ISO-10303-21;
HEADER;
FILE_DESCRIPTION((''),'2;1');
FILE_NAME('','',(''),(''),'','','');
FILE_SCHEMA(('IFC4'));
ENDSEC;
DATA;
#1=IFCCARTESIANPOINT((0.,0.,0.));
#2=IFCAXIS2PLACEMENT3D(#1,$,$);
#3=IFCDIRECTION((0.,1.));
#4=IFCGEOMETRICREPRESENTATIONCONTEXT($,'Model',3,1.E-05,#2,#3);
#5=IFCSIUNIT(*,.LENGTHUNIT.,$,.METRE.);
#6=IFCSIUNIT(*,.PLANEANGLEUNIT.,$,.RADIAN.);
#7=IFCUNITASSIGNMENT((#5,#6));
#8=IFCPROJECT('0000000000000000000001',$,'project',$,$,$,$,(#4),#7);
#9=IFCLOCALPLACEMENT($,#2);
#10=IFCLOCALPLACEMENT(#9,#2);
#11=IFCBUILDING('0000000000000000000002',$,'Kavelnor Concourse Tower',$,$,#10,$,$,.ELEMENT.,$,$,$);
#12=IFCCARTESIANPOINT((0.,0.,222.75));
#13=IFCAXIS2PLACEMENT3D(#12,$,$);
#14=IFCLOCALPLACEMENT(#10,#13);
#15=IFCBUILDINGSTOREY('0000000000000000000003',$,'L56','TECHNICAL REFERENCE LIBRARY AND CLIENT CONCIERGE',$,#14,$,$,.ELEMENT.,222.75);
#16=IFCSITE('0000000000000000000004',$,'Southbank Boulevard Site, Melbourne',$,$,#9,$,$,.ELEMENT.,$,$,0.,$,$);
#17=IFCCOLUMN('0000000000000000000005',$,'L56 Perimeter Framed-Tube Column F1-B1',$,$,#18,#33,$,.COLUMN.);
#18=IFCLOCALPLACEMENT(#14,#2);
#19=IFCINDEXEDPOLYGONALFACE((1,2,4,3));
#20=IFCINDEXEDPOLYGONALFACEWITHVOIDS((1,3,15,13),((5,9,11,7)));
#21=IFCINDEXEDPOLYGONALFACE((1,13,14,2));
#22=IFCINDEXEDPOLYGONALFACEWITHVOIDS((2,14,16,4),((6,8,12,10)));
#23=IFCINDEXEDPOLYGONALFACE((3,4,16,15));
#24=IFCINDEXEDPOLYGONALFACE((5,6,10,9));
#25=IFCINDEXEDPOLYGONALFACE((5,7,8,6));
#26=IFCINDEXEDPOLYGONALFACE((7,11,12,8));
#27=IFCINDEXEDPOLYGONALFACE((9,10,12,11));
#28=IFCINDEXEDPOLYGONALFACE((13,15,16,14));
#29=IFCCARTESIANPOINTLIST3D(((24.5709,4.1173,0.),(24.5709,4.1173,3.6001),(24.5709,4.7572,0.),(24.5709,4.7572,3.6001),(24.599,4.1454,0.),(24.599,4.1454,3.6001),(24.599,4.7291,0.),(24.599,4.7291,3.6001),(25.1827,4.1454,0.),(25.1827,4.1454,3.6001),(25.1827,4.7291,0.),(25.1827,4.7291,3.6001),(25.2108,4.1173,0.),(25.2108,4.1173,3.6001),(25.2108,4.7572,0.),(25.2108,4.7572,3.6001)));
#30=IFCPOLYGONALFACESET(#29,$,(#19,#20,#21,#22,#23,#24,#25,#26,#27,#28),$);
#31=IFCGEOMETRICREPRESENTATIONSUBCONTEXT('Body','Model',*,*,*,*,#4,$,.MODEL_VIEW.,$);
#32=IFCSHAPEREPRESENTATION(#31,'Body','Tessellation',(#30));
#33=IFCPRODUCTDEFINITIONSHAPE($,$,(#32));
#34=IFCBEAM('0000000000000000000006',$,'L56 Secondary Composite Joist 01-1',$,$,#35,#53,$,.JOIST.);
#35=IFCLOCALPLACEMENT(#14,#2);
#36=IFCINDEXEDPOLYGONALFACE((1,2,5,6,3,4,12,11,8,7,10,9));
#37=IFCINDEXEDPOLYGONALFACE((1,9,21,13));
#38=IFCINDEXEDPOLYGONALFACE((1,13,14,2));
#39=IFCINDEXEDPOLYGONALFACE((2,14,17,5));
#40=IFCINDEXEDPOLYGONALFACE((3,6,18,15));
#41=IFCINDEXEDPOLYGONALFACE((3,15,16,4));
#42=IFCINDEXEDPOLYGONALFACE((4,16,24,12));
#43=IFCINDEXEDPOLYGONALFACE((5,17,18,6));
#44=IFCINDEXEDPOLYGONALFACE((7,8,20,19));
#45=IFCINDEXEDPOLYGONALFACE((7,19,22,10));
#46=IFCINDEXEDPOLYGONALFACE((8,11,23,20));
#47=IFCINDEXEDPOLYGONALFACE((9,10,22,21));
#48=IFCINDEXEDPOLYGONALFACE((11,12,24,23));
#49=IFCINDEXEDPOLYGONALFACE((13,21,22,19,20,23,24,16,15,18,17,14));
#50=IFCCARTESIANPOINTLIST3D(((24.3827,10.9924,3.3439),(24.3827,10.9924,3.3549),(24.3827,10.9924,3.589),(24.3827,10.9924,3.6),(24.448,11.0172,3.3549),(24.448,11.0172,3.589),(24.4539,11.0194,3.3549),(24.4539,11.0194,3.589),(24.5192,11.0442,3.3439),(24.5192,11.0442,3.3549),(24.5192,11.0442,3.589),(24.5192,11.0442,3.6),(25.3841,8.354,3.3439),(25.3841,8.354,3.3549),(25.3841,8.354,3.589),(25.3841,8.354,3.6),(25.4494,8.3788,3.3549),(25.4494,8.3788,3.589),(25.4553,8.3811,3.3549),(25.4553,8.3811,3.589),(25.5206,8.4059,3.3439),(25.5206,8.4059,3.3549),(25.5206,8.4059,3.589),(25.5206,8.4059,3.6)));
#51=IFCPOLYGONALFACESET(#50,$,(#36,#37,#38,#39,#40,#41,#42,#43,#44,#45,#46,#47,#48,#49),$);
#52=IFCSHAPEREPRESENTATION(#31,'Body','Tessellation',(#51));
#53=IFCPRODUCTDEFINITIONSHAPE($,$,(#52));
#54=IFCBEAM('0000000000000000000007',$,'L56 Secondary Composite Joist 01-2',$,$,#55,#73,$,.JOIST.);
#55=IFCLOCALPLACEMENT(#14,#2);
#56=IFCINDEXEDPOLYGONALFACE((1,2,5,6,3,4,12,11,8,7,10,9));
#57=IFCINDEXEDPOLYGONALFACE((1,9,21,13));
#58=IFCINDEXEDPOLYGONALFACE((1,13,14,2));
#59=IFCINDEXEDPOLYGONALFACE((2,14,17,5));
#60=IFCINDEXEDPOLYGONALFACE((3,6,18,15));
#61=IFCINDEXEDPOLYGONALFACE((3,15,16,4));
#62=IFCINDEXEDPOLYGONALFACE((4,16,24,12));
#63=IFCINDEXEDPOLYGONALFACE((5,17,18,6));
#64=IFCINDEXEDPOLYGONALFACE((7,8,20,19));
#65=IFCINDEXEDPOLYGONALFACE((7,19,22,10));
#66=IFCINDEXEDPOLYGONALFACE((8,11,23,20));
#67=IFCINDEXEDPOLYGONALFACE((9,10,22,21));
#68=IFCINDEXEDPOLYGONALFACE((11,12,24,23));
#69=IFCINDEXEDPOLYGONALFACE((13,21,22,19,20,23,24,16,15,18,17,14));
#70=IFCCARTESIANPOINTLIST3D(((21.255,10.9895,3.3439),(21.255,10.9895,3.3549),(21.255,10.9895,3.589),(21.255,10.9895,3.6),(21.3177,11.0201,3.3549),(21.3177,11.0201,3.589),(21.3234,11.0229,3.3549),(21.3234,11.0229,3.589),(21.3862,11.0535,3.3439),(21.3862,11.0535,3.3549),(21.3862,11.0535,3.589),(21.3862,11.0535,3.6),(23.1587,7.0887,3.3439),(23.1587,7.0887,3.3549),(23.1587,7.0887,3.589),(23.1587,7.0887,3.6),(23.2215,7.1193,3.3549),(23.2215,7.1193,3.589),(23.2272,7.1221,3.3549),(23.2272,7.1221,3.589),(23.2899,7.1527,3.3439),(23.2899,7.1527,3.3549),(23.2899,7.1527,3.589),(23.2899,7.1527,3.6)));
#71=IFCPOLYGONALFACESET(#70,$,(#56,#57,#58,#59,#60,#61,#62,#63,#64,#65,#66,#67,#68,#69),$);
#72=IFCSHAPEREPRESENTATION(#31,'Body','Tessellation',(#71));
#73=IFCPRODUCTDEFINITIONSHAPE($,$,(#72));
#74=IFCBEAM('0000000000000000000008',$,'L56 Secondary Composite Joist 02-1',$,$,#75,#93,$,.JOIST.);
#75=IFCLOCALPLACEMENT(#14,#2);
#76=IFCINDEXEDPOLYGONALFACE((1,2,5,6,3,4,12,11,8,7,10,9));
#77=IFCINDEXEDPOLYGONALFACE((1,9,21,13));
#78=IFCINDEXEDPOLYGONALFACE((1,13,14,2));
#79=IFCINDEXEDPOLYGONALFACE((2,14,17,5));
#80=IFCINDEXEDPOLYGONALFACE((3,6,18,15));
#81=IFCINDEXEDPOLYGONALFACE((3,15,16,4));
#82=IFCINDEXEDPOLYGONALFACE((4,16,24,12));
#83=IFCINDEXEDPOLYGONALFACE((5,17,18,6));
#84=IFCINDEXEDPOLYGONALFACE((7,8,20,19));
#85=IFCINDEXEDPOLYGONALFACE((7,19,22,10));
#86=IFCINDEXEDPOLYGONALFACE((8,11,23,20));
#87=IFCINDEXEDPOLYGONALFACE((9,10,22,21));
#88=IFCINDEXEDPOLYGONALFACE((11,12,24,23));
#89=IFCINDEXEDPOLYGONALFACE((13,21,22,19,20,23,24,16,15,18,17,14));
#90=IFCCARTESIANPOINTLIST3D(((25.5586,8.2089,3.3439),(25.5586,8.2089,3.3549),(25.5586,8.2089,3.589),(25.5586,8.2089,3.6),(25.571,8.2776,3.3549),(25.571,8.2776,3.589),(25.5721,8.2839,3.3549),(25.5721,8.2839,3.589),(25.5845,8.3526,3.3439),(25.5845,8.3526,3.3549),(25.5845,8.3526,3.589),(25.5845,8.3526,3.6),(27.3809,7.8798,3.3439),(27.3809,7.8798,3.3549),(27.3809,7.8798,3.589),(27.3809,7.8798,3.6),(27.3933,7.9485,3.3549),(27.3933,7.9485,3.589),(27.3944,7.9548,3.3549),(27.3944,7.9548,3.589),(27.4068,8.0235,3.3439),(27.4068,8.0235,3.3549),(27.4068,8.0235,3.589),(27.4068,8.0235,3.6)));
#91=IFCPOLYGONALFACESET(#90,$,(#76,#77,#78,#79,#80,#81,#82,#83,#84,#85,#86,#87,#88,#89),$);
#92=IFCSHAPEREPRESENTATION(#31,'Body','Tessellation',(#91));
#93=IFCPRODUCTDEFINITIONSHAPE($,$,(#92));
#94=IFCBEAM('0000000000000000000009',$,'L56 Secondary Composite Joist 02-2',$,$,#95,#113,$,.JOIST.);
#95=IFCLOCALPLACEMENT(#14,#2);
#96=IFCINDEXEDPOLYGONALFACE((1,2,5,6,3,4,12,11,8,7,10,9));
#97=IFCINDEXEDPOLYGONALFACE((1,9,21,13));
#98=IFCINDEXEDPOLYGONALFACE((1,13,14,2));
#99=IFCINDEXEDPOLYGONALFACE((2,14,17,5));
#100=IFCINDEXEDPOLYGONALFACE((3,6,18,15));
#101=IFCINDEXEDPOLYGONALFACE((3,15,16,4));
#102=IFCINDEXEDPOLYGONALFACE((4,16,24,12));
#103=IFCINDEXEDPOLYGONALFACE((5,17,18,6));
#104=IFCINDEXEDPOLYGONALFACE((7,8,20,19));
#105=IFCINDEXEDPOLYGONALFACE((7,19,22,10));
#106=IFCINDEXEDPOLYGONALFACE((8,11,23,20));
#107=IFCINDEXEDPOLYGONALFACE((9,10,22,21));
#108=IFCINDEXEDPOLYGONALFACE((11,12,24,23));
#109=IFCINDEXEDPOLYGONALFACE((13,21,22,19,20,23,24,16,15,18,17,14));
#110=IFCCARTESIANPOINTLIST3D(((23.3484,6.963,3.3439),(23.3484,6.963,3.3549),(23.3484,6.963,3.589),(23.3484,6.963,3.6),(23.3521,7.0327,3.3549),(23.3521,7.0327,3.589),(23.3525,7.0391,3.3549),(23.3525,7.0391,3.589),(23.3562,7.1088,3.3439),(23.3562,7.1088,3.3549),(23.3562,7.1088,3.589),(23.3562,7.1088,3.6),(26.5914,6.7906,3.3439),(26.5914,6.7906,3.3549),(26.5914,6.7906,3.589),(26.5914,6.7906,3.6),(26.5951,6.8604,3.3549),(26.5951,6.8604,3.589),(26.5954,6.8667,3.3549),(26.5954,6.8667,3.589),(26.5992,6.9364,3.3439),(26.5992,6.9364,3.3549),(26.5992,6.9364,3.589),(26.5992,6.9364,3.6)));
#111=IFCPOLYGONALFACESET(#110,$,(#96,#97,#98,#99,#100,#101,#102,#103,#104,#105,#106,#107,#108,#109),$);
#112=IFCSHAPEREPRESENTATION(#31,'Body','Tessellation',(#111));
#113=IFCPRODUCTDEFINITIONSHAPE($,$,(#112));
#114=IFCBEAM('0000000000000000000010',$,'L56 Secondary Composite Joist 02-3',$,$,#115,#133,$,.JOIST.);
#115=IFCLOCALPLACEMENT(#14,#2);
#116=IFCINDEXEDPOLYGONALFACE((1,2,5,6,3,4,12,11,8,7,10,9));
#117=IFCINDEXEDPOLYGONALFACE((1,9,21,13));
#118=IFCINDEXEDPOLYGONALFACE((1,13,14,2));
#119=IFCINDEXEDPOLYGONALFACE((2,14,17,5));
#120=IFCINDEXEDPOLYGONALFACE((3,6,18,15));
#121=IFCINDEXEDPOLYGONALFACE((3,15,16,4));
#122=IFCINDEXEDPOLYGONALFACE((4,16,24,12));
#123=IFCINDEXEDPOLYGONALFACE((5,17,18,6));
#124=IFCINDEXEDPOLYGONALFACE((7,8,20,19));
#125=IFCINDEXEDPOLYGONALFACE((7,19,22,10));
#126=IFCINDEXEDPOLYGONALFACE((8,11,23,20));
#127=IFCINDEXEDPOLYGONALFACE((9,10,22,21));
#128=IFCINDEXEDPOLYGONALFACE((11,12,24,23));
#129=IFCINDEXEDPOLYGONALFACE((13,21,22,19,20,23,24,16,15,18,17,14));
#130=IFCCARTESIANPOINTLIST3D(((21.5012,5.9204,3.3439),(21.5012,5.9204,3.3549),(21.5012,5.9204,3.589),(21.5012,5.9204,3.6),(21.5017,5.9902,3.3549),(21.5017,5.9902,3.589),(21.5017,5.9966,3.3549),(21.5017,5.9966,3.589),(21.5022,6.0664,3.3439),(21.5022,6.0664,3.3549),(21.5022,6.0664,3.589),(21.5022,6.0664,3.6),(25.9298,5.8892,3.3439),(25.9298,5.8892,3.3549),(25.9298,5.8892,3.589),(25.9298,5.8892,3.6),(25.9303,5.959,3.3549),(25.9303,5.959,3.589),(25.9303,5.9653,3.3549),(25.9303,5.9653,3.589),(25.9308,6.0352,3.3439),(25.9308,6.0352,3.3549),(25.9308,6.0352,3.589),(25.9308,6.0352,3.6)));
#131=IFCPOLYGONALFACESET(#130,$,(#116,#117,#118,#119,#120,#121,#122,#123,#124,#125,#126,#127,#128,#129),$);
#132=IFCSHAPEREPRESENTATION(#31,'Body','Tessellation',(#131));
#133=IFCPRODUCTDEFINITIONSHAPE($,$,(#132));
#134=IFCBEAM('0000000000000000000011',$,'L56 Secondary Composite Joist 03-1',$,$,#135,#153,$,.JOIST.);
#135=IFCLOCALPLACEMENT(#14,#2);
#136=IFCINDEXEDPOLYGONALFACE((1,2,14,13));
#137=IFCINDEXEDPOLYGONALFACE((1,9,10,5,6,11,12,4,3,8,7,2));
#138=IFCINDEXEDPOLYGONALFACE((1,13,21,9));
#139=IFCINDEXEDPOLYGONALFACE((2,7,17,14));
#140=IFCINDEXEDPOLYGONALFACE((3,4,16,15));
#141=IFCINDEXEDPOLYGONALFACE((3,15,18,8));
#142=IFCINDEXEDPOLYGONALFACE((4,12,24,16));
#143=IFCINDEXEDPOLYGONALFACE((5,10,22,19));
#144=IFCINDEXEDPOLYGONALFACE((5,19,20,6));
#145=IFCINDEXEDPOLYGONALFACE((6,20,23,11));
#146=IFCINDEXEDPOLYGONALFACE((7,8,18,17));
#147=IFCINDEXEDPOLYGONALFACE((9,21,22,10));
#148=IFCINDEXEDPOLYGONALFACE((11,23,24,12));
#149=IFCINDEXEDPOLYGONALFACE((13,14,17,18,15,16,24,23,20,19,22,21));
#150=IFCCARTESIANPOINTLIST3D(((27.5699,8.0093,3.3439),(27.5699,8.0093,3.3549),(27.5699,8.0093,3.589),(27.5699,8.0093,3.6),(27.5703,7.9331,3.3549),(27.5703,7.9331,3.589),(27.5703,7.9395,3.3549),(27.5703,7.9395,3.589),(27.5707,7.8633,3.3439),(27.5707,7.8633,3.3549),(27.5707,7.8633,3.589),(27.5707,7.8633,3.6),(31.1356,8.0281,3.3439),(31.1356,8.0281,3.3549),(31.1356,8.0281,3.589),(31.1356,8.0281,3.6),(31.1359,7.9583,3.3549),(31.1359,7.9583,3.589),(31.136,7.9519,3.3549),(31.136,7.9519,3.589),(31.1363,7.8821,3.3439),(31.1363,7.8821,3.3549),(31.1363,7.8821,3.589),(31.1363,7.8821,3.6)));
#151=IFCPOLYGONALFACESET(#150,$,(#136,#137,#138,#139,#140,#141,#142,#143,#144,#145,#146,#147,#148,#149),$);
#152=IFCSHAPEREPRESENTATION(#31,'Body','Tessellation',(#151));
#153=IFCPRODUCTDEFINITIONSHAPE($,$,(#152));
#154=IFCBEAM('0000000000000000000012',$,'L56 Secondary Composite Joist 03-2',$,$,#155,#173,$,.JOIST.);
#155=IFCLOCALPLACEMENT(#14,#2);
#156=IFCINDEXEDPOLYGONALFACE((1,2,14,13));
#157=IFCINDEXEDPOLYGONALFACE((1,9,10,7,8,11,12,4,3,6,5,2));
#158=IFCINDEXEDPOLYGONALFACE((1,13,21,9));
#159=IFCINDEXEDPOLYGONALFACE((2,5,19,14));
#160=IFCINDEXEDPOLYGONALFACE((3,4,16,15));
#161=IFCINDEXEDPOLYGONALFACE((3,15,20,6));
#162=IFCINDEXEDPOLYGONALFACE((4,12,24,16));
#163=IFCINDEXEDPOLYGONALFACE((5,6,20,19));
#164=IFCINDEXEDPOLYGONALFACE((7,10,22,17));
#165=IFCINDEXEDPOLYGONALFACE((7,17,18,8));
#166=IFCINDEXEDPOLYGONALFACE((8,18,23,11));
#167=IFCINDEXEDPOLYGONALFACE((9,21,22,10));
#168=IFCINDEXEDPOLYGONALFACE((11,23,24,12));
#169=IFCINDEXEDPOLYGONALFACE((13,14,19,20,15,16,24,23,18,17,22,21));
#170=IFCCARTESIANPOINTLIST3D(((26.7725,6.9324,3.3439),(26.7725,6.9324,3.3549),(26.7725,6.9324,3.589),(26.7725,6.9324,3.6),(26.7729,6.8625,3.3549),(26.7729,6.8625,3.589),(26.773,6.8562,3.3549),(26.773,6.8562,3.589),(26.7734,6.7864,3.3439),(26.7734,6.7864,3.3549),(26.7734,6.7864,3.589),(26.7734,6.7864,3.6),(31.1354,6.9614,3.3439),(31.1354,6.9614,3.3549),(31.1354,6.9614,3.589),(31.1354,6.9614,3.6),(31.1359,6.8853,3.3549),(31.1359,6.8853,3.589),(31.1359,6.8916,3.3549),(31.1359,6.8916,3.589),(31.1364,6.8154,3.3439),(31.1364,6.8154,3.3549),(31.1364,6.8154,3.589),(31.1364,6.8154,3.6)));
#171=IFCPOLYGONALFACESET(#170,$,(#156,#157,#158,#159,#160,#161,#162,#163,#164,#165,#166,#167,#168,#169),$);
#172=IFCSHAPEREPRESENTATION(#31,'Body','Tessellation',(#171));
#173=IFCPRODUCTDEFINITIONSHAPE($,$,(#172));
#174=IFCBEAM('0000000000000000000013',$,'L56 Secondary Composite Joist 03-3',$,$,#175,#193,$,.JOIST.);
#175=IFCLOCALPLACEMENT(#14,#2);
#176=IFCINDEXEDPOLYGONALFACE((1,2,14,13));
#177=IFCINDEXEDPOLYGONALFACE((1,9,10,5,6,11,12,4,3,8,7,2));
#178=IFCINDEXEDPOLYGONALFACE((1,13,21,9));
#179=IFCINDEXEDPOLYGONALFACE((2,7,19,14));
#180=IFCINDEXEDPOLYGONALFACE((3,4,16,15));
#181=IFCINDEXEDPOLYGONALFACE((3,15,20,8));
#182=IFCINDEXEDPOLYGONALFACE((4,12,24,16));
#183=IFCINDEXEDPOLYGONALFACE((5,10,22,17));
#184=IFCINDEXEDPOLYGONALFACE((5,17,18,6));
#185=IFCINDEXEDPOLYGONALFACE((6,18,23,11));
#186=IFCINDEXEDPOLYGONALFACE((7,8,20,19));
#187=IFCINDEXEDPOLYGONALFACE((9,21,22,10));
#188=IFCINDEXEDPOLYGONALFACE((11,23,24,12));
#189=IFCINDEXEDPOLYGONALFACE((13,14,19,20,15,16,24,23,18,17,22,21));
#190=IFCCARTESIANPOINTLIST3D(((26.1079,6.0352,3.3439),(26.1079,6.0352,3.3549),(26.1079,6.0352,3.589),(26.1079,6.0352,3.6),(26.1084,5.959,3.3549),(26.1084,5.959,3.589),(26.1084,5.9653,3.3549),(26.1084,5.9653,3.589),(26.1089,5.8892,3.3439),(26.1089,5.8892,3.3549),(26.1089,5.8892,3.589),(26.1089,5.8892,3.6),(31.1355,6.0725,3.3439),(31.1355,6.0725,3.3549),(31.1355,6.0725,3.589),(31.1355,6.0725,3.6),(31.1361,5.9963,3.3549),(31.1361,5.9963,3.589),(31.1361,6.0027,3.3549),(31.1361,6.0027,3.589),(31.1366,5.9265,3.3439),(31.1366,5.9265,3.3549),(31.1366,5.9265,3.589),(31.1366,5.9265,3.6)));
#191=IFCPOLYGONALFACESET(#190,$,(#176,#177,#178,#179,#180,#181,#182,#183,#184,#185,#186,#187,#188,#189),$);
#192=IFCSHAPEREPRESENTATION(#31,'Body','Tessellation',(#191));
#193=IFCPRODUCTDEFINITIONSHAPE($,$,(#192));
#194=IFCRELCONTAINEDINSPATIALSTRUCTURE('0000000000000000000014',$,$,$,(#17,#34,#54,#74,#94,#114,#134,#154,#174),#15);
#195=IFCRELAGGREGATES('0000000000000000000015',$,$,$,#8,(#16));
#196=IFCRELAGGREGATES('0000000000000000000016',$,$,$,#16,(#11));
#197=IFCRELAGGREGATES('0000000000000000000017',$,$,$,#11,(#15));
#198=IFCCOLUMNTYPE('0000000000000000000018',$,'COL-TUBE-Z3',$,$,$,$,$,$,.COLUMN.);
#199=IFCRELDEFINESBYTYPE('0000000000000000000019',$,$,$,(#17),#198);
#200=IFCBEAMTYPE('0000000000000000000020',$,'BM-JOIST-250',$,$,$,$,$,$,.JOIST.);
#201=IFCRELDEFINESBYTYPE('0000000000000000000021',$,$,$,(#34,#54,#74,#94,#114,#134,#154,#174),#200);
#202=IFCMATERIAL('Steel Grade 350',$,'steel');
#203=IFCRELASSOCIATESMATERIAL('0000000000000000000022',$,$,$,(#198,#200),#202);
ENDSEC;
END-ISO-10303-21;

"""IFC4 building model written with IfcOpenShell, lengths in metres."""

from ifc_helpers import new_model, si_unit, direction, frame, origin, origin_2d, place, context, subcontext, project, spatial, hollow_rectangle, i_section, extrude, material, material_profile, profile_set, type_object, element, save


model = new_model("IFC4")

# Units and contexts
model_context = context("Model", 3, precision=1e-05, world=origin(), true_north=direction((0.0, 1.0)))
body_context = subcontext(model_context, "Body", "Model", "MODEL_VIEW")
ifc_project = project(units=[si_unit("LENGTHUNIT", "METRE"), si_unit("PLANEANGLEUNIT", "RADIAN")], contexts=[model_context])

# Site, building, storey
site_placement = place(None, origin())
site = spatial("IfcSite", under=ifc_project, at=site_placement, Name="Southbank Boulevard Site, Melbourne", CompositionType="ELEMENT", RefElevation=0.0)
building_placement = place(site_placement, origin())
building = spatial("IfcBuilding", under=site, at=building_placement, Name="Kavelnor Concourse Tower", CompositionType="ELEMENT")
storey_placement = place(building_placement, frame((0.0, 0.0, 222.75)))
storey = spatial("IfcBuildingStorey", under=building, at=storey_placement, Name="L56", Description="TECHNICAL REFERENCE LIBRARY AND CLIENT CONCIERGE", CompositionType="ELEMENT", Elevation=222.75)

# Column
ifc_material_1 = material(Name="Steel Grade 350", Category="steel")
ifc_material_profile_1 = material_profile(ifc_material_1, hollow_rectangle(XDim=0.6399, YDim=0.6399, WallThickness=0.0281, at=origin_2d()), Name="SHS 640x640x28")
ifc_profile_set_1 = profile_set([ifc_material_profile_1], Name="Steel Grade 350")
column_type = type_object("IfcColumnType", Name="COL-TUBE-Z3", PredefinedType="COLUMN", material=ifc_profile_set_1)
column_placement = place(storey_placement, frame((24.8909, 4.4373, 0.0), z_axis=(0.0, 0.0, 1.0), x_axis=(1.0, 0.0, 0.0)))
element("IfcColumn", 1, at=column_placement, inside=storey, type_object=column_type, Name="L56 Perimeter Framed-Tube Column F1-B1", PredefinedType="COLUMN", context=body_context, shape_type="SweptSolid", body=[
    extrude(hollow_rectangle(XDim=0.6399, YDim=0.6399, WallThickness=0.0281, at=origin_2d()), origin(), (0.0, 0.0, 1.0), 3.6001),
])

# Beams
ifc_material_profile_2 = material_profile(ifc_material_1, i_section(OverallWidth=0.146, OverallDepth=0.2561, WebThickness=0.0063, FlangeThickness=0.011, at=origin_2d()), Name="250UB37")
ifc_profile_set_2 = profile_set([ifc_material_profile_2], Name="Steel Grade 350")
beam_type_1 = type_object("IfcBeamType", Name="BM-JOIST-250", PredefinedType="JOIST", material=ifc_profile_set_2)
beam_1_placement = place(storey_placement, frame((24.4509, 11.0183, 3.4719), z_axis=(0.354865, -0.934917, 0.0), x_axis=(0.934917, 0.354865, 0.0)))
element("IfcBeam", 2, at=beam_1_placement, inside=storey, type_object=beam_type_1, Name="L56 Secondary Composite Joist 01-1", PredefinedType="JOIST", context=body_context, shape_type="SweptSolid", body=[
    extrude(i_section(OverallWidth=0.146, OverallDepth=0.2561, WebThickness=0.0063, FlangeThickness=0.011, at=origin_2d()), origin(), (0.0, 0.0, 1.0), 2.822),
])
beam_2_placement = place(storey_placement, frame((21.3206, 11.0215, 3.4719), z_axis=(0.438599, -0.898683, 0.0), x_axis=(0.898683, 0.438599, 0.0)))
element("IfcBeam", 3, at=beam_2_placement, inside=storey, type_object=beam_type_1, Name="L56 Secondary Composite Joist 01-2", PredefinedType="JOIST", context=body_context, shape_type="SweptSolid", body=[
    extrude(i_section(OverallWidth=0.146, OverallDepth=0.2561, WebThickness=0.0063, FlangeThickness=0.011, at=origin_2d()), origin(), (0.0, 0.0, 1.0), 4.3406),
])
beam_3_placement = place(storey_placement, frame((25.5715, 8.2808, 3.4719), z_axis=(0.98408, -0.177725, 0.0), x_axis=(0.177725, 0.98408, 0.0)))
element("IfcBeam", 4, at=beam_3_placement, inside=storey, type_object=beam_type_1, Name="L56 Secondary Composite Joist 02-1", PredefinedType="JOIST", context=body_context, shape_type="SweptSolid", body=[
    extrude(i_section(OverallWidth=0.146, OverallDepth=0.2561, WebThickness=0.0063, FlangeThickness=0.011, at=origin_2d()), origin(), (0.0, 0.0, 1.0), 1.8518),
])
beam_4_placement = place(storey_placement, frame((23.3523, 7.0359, 3.4719), z_axis=(0.99859, -0.053076, 0.0), x_axis=(0.053076, 0.99859, 0.0)))
element("IfcBeam", 5, at=beam_4_placement, inside=storey, type_object=beam_type_1, Name="L56 Secondary Composite Joist 02-2", PredefinedType="JOIST", context=body_context, shape_type="SweptSolid", body=[
    extrude(i_section(OverallWidth=0.146, OverallDepth=0.2561, WebThickness=0.0063, FlangeThickness=0.011, at=origin_2d()), origin(), (0.0, 0.0, 1.0), 3.2476),
])
beam_5_placement = place(storey_placement, frame((21.5017, 5.9934, 3.4719), z_axis=(0.999975, -0.007056, 0.0), x_axis=(0.007056, 0.999975, 0.0)))
element("IfcBeam", 6, at=beam_5_placement, inside=storey, type_object=beam_type_1, Name="L56 Secondary Composite Joist 02-3", PredefinedType="JOIST", context=body_context, shape_type="SweptSolid", body=[
    extrude(i_section(OverallWidth=0.146, OverallDepth=0.2561, WebThickness=0.0063, FlangeThickness=0.011, at=origin_2d()), origin(), (0.0, 0.0, 1.0), 4.4287),
])
beam_6_placement = place(storey_placement, frame((27.5703, 7.9363, 3.4719), z_axis=(0.999986, 0.005272, 0.0), x_axis=(-0.005272, 0.999986, 0.0)))
element("IfcBeam", 7, at=beam_6_placement, inside=storey, type_object=beam_type_1, Name="L56 Secondary Composite Joist 03-1", PredefinedType="JOIST", context=body_context, shape_type="SweptSolid", body=[
    extrude(i_section(OverallWidth=0.146, OverallDepth=0.2561, WebThickness=0.0063, FlangeThickness=0.011, at=origin_2d()), origin(), (0.0, 0.0, 1.0), 3.5657),
])
beam_7_placement = place(storey_placement, frame((26.7729, 6.8594, 3.4719), z_axis=(0.999978, 0.006659, 0.0), x_axis=(-0.006659, 0.999978, 0.0)))
element("IfcBeam", 8, at=beam_7_placement, inside=storey, type_object=beam_type_1, Name="L56 Secondary Composite Joist 03-2", PredefinedType="JOIST", context=body_context, shape_type="SweptSolid", body=[
    extrude(i_section(OverallWidth=0.146, OverallDepth=0.2561, WebThickness=0.0063, FlangeThickness=0.011, at=origin_2d()), origin(), (0.0, 0.0, 1.0), 4.363),
])
beam_8_placement = place(storey_placement, frame((26.1084, 5.9622, 3.4719), z_axis=(0.999972, 0.00743, 0.0), x_axis=(-0.00743, 0.999972, 0.0)))
element("IfcBeam", 9, at=beam_8_placement, inside=storey, type_object=beam_type_1, Name="L56 Secondary Composite Joist 03-3", PredefinedType="JOIST", context=body_context, shape_type="SweptSolid", body=[
    extrude(i_section(OverallWidth=0.146, OverallDepth=0.2561, WebThickness=0.0063, FlangeThickness=0.011, at=origin_2d()), origin(), (0.0, 0.0, 1.0), 5.0278),
])

save(model, "model.ifc")
